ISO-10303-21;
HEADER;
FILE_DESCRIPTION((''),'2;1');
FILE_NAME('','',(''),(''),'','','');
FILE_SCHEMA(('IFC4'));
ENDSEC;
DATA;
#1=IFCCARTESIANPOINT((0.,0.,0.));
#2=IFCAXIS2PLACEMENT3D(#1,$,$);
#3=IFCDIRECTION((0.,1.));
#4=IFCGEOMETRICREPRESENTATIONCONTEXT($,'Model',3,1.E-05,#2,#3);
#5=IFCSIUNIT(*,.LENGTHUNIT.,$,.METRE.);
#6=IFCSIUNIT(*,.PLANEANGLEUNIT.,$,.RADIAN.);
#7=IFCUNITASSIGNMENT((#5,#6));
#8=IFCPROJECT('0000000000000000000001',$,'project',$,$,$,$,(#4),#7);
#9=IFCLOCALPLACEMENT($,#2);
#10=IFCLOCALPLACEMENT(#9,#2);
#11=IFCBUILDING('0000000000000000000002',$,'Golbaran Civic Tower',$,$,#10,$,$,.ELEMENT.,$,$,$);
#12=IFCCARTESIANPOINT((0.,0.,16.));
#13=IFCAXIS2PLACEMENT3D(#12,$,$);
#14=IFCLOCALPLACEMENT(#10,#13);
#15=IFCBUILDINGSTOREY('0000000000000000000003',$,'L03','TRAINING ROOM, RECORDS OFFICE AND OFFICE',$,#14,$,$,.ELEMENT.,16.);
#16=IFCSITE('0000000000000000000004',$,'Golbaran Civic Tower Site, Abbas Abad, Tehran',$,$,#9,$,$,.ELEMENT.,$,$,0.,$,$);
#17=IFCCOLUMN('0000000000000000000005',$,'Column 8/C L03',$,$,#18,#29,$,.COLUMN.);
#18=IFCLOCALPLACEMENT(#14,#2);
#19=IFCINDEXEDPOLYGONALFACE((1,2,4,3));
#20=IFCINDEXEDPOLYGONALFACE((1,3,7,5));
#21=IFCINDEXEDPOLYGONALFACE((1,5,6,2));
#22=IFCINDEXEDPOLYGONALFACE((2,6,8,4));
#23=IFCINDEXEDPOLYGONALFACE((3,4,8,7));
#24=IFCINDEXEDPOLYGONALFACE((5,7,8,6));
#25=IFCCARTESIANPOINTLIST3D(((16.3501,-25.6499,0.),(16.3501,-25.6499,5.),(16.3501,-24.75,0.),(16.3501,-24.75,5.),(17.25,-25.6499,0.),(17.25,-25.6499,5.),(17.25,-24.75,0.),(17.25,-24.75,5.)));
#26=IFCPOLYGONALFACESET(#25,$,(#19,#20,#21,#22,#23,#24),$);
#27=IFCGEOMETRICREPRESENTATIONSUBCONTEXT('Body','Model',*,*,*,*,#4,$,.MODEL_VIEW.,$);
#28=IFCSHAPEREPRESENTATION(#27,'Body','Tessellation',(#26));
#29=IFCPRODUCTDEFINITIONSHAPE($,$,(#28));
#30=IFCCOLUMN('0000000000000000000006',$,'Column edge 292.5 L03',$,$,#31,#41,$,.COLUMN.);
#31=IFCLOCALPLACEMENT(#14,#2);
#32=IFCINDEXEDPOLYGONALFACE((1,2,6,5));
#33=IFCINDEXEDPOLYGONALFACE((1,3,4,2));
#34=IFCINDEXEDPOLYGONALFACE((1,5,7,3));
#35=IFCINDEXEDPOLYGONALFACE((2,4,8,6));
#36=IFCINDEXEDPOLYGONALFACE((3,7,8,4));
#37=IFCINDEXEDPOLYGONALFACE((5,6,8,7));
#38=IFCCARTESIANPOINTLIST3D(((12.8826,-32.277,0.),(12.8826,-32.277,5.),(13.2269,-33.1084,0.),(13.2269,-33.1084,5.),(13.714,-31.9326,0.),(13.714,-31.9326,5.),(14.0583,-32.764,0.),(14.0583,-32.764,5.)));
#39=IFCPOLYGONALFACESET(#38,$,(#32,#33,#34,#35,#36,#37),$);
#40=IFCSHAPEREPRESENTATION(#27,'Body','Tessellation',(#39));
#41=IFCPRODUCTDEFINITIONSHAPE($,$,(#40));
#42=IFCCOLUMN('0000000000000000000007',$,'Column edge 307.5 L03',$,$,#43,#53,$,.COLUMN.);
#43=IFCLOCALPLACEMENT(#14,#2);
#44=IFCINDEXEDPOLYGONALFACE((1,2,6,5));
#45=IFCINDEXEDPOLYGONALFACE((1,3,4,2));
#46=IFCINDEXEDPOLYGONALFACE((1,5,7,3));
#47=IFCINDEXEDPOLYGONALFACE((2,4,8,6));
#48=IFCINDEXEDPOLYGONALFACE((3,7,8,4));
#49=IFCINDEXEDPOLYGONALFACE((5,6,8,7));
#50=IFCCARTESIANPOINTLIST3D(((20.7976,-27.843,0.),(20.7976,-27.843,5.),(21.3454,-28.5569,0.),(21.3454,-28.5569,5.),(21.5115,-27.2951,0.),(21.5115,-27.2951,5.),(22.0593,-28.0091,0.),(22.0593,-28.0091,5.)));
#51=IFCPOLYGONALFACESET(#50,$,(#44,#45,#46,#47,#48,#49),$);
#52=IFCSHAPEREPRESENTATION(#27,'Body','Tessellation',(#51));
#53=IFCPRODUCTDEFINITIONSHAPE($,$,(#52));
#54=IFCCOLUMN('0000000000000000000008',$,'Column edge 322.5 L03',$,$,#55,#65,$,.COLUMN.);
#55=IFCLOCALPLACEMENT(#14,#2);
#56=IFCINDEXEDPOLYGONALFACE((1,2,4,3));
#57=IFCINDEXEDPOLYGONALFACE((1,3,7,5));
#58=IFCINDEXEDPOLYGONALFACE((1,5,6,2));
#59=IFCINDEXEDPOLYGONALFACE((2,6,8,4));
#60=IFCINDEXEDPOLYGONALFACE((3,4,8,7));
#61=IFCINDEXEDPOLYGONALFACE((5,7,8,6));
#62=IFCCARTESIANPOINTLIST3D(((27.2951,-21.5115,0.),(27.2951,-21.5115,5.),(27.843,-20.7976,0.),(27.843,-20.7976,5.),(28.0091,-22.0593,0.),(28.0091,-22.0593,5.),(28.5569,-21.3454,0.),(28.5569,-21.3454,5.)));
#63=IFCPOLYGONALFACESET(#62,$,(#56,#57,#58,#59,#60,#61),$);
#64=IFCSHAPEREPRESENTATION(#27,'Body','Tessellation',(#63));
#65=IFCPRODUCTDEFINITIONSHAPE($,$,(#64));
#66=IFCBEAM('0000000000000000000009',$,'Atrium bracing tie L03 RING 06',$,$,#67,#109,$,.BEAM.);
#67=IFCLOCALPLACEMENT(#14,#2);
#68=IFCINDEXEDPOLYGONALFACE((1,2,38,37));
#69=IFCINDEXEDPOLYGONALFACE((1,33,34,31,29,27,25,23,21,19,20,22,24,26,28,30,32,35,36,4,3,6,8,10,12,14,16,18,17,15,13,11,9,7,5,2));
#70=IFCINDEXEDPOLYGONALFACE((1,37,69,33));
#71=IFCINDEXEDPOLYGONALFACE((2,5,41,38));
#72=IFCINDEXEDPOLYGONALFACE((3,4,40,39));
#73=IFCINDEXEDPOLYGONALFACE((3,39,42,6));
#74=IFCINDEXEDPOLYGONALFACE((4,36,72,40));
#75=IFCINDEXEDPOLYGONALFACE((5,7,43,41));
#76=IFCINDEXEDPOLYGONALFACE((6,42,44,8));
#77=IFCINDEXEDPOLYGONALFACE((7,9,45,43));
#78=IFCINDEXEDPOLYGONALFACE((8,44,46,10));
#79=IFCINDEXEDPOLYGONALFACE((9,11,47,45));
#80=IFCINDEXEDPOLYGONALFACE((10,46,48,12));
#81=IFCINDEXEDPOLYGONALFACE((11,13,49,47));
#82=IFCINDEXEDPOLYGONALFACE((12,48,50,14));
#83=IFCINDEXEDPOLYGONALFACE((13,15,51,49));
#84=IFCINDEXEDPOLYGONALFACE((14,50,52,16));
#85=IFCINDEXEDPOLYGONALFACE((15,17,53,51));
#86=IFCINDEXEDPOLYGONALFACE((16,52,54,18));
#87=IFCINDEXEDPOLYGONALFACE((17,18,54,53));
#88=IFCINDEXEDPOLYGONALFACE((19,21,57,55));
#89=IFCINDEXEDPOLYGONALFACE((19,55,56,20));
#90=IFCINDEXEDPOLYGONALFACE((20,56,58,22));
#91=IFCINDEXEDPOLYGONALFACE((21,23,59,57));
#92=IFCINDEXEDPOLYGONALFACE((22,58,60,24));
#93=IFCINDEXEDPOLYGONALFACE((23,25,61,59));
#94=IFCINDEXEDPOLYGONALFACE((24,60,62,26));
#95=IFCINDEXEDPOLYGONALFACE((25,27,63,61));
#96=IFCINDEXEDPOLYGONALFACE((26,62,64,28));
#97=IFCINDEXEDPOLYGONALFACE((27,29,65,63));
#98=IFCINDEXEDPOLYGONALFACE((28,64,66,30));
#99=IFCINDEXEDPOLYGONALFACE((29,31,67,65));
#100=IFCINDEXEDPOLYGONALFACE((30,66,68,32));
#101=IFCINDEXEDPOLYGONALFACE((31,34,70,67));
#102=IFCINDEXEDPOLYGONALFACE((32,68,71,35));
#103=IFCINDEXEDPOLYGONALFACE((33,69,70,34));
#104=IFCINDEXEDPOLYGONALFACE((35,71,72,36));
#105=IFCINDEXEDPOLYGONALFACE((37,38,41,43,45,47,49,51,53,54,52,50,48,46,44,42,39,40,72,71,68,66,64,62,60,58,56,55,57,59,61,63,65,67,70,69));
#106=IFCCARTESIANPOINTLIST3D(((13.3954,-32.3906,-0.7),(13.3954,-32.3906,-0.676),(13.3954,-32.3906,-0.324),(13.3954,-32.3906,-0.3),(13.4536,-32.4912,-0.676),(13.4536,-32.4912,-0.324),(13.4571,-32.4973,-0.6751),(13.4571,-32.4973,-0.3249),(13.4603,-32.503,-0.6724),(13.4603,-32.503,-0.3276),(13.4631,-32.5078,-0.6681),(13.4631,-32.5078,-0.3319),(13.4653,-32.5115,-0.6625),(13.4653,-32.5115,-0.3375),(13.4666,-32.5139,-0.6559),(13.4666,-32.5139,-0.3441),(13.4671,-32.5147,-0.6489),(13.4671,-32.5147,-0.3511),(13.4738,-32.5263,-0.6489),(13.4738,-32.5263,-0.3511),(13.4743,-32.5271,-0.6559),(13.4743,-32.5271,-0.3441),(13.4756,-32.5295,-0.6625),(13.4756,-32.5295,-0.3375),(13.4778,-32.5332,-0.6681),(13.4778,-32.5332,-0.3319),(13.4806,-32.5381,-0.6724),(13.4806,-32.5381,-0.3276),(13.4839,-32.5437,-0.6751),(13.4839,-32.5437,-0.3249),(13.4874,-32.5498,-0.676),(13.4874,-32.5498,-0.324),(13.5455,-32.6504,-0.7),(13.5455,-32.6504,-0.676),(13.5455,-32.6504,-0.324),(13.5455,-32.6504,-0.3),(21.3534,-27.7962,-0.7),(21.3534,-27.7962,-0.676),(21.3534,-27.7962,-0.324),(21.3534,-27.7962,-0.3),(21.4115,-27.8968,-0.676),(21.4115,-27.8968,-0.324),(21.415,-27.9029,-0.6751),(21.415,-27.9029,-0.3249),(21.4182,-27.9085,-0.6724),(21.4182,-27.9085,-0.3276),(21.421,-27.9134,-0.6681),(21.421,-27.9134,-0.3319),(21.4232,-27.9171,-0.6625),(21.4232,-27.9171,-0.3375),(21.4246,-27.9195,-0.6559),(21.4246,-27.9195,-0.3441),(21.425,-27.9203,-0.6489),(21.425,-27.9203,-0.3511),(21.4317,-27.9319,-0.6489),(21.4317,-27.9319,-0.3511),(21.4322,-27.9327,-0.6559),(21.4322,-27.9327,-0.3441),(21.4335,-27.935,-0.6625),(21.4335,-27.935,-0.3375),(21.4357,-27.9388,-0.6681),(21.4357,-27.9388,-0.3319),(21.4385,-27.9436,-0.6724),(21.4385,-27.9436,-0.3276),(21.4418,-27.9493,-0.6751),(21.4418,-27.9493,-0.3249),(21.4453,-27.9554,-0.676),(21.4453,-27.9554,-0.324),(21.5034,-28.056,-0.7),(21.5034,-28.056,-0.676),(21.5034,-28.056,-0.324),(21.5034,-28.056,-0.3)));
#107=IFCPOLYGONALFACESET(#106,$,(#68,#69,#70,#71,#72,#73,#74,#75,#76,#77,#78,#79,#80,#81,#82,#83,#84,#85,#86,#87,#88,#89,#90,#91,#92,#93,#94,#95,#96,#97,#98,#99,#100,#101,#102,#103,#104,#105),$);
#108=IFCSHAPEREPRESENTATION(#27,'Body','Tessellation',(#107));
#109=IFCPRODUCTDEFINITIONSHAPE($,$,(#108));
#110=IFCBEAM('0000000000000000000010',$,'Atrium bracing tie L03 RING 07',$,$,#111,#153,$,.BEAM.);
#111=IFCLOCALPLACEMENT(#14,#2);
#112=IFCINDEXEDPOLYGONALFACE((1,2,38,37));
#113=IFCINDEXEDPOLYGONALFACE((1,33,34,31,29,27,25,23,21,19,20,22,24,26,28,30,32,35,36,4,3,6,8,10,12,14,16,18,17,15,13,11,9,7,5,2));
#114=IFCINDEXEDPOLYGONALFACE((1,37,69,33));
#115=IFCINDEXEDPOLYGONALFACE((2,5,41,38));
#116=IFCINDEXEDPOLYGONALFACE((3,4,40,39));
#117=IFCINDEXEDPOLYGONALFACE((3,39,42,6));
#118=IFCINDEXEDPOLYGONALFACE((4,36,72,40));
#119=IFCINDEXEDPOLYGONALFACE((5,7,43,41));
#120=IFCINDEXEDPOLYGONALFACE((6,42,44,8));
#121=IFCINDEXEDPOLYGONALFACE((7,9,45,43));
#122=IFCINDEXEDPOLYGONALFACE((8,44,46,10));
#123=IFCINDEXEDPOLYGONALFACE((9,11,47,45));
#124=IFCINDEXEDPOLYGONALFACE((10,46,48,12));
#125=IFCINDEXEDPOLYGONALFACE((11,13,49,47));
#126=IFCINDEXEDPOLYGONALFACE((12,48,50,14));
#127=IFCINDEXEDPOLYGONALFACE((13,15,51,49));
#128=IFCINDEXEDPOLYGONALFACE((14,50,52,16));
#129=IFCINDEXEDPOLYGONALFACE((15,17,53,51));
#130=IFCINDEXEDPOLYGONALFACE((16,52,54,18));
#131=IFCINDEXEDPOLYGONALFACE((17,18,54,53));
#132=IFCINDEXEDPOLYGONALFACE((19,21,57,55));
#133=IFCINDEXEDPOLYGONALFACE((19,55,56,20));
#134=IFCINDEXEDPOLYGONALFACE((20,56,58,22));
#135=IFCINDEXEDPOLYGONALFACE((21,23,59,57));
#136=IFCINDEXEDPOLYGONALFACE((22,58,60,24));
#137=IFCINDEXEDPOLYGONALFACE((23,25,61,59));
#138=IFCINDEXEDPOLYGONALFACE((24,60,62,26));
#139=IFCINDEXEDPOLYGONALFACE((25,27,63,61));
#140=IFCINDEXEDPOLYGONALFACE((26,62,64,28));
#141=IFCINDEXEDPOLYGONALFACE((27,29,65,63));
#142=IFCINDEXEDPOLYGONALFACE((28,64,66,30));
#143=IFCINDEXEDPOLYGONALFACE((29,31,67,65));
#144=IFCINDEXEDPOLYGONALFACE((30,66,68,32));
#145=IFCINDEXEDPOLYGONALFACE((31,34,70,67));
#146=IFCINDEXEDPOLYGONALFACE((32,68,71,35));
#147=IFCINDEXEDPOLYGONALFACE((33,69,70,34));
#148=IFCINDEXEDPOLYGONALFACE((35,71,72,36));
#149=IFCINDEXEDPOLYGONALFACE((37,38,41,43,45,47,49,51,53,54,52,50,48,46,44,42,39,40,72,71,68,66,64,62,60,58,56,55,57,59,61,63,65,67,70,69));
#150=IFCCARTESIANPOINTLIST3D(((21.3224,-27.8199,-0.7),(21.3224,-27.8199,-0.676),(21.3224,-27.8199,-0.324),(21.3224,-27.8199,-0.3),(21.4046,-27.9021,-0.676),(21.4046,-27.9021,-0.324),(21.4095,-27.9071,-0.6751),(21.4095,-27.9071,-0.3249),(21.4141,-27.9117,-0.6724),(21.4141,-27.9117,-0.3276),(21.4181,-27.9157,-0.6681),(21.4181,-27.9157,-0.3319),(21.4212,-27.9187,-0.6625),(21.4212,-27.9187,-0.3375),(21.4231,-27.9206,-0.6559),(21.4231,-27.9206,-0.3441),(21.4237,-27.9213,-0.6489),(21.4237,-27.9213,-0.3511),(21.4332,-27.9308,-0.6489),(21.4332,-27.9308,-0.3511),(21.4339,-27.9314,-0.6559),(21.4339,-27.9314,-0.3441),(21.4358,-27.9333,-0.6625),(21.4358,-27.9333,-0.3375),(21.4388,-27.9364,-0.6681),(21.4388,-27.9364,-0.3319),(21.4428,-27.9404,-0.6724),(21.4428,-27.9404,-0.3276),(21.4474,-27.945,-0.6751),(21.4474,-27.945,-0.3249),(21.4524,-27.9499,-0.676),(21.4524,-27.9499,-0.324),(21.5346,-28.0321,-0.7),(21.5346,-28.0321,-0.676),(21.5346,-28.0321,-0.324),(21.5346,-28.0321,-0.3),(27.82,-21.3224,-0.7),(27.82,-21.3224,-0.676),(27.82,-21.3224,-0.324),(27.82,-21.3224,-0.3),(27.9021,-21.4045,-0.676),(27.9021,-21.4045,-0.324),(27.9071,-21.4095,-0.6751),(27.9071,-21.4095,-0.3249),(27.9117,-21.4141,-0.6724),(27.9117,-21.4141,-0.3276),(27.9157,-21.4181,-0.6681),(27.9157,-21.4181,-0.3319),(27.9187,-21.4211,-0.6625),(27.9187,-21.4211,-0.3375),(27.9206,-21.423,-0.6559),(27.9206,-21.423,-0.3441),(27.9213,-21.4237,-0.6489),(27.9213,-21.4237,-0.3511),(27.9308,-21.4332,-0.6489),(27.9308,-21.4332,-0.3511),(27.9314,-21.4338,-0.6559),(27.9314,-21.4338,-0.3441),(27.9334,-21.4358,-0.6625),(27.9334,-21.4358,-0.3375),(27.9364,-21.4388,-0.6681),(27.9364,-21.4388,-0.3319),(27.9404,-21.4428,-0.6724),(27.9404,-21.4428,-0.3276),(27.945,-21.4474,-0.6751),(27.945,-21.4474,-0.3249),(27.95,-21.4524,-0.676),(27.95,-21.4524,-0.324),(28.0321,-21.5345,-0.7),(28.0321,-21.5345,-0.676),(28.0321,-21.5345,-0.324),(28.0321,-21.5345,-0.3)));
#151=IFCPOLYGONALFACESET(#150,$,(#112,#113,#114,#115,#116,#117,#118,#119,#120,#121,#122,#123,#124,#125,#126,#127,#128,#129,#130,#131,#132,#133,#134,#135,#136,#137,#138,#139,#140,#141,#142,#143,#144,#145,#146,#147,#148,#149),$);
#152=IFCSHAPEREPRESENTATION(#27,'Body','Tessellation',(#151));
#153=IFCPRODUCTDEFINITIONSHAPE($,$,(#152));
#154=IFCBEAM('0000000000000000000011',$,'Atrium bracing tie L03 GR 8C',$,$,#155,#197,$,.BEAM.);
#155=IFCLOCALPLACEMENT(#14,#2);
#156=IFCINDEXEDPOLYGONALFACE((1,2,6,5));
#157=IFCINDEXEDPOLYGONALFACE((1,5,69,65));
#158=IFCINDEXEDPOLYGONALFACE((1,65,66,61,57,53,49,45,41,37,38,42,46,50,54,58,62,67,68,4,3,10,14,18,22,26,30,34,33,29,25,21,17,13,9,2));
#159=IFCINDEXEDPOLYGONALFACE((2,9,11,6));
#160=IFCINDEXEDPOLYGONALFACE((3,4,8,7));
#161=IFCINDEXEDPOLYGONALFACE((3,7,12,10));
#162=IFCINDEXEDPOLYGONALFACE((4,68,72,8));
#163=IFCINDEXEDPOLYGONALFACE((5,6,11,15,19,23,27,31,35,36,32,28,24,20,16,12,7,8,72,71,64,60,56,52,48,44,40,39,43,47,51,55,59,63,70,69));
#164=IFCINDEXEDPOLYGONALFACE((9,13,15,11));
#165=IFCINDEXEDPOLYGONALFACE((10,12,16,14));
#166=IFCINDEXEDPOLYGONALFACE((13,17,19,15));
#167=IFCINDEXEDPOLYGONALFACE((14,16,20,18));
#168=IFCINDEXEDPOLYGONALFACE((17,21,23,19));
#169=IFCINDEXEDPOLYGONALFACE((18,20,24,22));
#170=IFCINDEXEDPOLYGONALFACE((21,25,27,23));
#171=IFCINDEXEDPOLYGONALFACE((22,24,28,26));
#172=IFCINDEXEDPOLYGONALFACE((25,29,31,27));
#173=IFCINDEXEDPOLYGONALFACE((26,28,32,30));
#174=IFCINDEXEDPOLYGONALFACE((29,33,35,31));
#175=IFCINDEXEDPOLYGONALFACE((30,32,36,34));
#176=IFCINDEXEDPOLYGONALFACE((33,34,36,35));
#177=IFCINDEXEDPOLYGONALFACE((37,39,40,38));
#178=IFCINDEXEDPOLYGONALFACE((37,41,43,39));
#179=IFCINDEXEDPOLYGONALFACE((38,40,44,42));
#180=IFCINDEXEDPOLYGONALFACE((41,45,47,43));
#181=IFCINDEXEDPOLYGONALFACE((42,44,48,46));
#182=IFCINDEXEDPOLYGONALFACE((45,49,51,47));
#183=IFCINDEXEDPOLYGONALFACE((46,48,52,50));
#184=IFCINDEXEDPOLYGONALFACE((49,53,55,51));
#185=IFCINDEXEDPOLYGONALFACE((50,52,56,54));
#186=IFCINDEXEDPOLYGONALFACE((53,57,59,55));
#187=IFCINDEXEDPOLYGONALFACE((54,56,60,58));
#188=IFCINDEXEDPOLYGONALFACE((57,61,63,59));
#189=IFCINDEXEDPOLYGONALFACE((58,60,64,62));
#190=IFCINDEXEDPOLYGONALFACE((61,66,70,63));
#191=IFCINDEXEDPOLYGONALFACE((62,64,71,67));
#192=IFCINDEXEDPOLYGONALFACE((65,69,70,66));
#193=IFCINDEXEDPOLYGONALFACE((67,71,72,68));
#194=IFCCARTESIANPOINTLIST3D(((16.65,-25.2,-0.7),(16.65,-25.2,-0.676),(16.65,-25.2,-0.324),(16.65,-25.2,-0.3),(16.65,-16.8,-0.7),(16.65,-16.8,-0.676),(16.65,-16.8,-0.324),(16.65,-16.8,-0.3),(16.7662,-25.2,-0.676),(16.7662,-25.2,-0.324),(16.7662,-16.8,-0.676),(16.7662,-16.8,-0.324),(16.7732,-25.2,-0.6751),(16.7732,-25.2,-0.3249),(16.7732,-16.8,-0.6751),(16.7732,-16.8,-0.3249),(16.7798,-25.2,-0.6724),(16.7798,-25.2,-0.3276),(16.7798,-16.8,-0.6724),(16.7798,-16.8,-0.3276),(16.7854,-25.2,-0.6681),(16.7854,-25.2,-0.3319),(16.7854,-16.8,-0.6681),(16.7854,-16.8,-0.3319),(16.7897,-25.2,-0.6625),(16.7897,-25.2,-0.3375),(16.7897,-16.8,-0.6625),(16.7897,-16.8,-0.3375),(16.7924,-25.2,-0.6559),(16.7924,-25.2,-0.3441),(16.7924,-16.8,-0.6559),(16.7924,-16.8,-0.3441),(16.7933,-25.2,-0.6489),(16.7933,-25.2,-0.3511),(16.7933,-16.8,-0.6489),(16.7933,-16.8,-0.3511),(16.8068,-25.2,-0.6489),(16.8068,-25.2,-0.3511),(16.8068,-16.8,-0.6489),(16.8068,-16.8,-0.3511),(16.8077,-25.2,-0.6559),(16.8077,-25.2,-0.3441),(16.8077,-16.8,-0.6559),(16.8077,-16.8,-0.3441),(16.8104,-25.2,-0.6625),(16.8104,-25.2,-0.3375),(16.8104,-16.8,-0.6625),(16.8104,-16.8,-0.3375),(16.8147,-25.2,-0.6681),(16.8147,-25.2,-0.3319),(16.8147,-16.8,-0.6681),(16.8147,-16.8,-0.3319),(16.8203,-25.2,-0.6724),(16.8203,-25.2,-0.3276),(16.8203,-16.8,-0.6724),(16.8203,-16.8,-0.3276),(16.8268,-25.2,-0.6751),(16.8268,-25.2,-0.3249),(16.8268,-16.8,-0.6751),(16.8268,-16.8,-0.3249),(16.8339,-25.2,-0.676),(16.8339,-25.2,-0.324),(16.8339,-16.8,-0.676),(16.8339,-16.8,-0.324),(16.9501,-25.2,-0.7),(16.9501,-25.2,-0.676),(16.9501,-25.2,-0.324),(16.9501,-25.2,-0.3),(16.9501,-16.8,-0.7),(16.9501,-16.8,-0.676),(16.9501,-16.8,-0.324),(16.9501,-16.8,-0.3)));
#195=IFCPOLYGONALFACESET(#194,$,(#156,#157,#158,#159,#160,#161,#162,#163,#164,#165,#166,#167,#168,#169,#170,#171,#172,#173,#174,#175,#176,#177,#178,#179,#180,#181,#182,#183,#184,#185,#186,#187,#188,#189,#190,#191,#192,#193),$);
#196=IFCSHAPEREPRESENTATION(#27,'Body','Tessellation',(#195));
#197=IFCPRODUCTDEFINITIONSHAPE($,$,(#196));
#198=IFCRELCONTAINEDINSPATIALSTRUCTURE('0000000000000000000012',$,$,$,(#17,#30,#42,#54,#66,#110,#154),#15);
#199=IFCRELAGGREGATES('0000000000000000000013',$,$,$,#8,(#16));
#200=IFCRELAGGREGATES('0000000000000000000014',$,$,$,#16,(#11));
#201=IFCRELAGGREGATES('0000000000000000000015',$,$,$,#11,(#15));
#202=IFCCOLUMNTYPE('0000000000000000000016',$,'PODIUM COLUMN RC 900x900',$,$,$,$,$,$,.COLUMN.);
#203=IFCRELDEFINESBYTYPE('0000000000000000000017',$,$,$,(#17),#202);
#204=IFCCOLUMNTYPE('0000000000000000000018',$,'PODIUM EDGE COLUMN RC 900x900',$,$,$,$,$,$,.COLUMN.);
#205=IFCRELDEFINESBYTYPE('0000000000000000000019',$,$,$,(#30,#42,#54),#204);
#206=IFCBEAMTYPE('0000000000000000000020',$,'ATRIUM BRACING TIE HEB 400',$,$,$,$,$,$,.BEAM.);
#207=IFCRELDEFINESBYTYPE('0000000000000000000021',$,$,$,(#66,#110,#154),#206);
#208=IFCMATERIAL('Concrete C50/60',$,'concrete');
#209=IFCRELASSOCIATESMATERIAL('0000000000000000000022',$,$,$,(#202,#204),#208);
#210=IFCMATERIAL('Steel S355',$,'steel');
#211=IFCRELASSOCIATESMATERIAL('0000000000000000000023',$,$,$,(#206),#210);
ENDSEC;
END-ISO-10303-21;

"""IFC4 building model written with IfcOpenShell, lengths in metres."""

from ifc_helpers import new_model, si_unit, direction, frame, origin, origin_2d, place, context, subcontext, project, spatial, rectangle, i_section, extrude, material, material_profile, profile_set, type_object, element, save


model = new_model("IFC4")

# Units and contexts
model_context = context("Model", 3, precision=1e-05, world=origin(), true_north=direction((0.0, 1.0)))
body_context = subcontext(model_context, "Body", "Model", "MODEL_VIEW")
ifc_project = project(units=[si_unit("LENGTHUNIT", "METRE"), si_unit("PLANEANGLEUNIT", "RADIAN")], contexts=[model_context])

# Site, building, storey
site_placement = place(None, origin())
site = spatial("IfcSite", under=ifc_project, at=site_placement, Name="Golbaran Civic Tower Site, Abbas Abad, Tehran", CompositionType="ELEMENT", RefElevation=0.0)
building_placement = place(site_placement, origin())
building = spatial("IfcBuilding", under=site, at=building_placement, Name="Golbaran Civic Tower", CompositionType="ELEMENT")
storey_placement = place(building_placement, frame((0.0, 0.0, 16.0)))
storey = spatial("IfcBuildingStorey", under=building, at=storey_placement, Name="L03", Description="TRAINING ROOM, RECORDS OFFICE AND OFFICE", CompositionType="ELEMENT", Elevation=16.0)

# Columns
ifc_material_1 = material(Name="Concrete C50/60", Category="concrete")
ifc_material_profile_1 = material_profile(ifc_material_1, rectangle(XDim=0.8999, YDim=0.8999, at=origin_2d()), Name="RC 900x900")
ifc_profile_set_1 = profile_set([ifc_material_profile_1], Name="Concrete C50/60")
column_type_1 = type_object("IfcColumnType", Name="PODIUM COLUMN RC 900x900", PredefinedType="COLUMN", material=ifc_profile_set_1)
column_placement = place(storey_placement, frame((16.8, -25.2, 0.0), z_axis=(0.0, 0.0, 1.0), x_axis=(1.0, 0.0, 0.0)))
element("IfcColumn", 1, at=column_placement, inside=storey, type_object=column_type_1, Name="Column 8/C L03", PredefinedType="COLUMN", context=body_context, shape_type="SweptSolid", body=[
    extrude(rectangle(XDim=0.8999, YDim=0.8999, at=origin_2d()), origin(), (0.0, 0.0, 1.0), 5.0),
])
ifc_material_profile_2 = material_profile(ifc_material_1, rectangle(XDim=0.8999, YDim=0.8999, at=origin_2d()), Name="RC 900x900")
ifc_profile_set_2 = profile_set([ifc_material_profile_2], Name="Concrete C50/60")
column_type_2 = type_object("IfcColumnType", Name="PODIUM EDGE COLUMN RC 900x900", PredefinedType="COLUMN", material=ifc_profile_set_2)
for number, where, z_axis, x_axis, name in (
    (2, (13.4705, -32.5205, 0.0), (0.0, 0.0, 1.0), (0.382683, -0.92388, 0.0), "Column edge 292.5 L03"),
    (3, (21.4285, -27.926, 0.0), (0.0, 0.0, 1.0), (0.608761, -0.793353, 0.0), "Column edge 307.5 L03"),
    (4, (27.926, -21.4285, 0.0), (0.0, 0.0, 1.0), (0.793353, -0.608761, 0.0), "Column edge 322.5 L03"),
):
    element("IfcColumn", number, at=place(storey_placement, frame(where, z_axis=z_axis, x_axis=x_axis)), inside=storey, type_object=column_type_2, Name=name, PredefinedType="COLUMN", context=body_context, shape_type="SweptSolid", body=[
        extrude(rectangle(XDim=0.8999, YDim=0.8999, at=origin_2d()), origin(), (0.0, 0.0, 1.0), 5.0),
    ])

# Beams
ifc_material_2 = material(Name="Steel S355", Category="steel")
ifc_material_profile_3 = material_profile(ifc_material_2, i_section(OverallWidth=0.3, OverallDepth=0.3999, WebThickness=0.0134, FlangeThickness=0.0239, FilletRadius=0.0271, at=origin_2d()), Name="HEB 400")
ifc_profile_set_3 = profile_set([ifc_material_profile_3], Name="Steel S355")
beam_type = type_object("IfcBeamType", Name="ATRIUM BRACING TIE HEB 400", PredefinedType="BEAM", material=ifc_profile_set_3)
for number, where, z_axis, x_axis, name in (
    (5, (13.4705, -32.5205, -0.5), (0.866029, 0.499994, 0.0), (-0.499994, 0.866029, 0.0), "Atrium bracing tie L03 RING 06"),
    (6, (21.4285, -27.926, -0.5), (0.707107, 0.707107, 0.0), (-0.707107, 0.707107, 0.0), "Atrium bracing tie L03 RING 07"),
):
    element("IfcBeam", number, at=place(storey_placement, frame(where, z_axis=z_axis, x_axis=x_axis)), inside=storey, type_object=beam_type, Name=name, PredefinedType="BEAM", context=body_context, shape_type="SweptSolid", body=[
        extrude(i_section(OverallWidth=0.3, OverallDepth=0.3999, WebThickness=0.0134, FlangeThickness=0.0239, FilletRadius=0.0271, at=origin_2d()), origin(), (0.0, 0.0, 1.0), 9.189),
    ])
beam_1_placement = place(storey_placement, frame((16.8, -25.2, -0.5), z_axis=(0.0, 1.0, 0.0), x_axis=(-1.0, 0.0, 0.0)))
element("IfcBeam", 7, at=beam_1_placement, inside=storey, type_object=beam_type, Name="Atrium bracing tie L03 GR 8C", PredefinedType="BEAM", context=body_context, shape_type="SweptSolid", body=[
    extrude(i_section(OverallWidth=0.3, OverallDepth=0.3999, WebThickness=0.0134, FlangeThickness=0.0239, FilletRadius=0.0271, at=origin_2d()), origin(), (0.0, 0.0, 1.0), 8.3999),
])

save(model, "model.ifc")
